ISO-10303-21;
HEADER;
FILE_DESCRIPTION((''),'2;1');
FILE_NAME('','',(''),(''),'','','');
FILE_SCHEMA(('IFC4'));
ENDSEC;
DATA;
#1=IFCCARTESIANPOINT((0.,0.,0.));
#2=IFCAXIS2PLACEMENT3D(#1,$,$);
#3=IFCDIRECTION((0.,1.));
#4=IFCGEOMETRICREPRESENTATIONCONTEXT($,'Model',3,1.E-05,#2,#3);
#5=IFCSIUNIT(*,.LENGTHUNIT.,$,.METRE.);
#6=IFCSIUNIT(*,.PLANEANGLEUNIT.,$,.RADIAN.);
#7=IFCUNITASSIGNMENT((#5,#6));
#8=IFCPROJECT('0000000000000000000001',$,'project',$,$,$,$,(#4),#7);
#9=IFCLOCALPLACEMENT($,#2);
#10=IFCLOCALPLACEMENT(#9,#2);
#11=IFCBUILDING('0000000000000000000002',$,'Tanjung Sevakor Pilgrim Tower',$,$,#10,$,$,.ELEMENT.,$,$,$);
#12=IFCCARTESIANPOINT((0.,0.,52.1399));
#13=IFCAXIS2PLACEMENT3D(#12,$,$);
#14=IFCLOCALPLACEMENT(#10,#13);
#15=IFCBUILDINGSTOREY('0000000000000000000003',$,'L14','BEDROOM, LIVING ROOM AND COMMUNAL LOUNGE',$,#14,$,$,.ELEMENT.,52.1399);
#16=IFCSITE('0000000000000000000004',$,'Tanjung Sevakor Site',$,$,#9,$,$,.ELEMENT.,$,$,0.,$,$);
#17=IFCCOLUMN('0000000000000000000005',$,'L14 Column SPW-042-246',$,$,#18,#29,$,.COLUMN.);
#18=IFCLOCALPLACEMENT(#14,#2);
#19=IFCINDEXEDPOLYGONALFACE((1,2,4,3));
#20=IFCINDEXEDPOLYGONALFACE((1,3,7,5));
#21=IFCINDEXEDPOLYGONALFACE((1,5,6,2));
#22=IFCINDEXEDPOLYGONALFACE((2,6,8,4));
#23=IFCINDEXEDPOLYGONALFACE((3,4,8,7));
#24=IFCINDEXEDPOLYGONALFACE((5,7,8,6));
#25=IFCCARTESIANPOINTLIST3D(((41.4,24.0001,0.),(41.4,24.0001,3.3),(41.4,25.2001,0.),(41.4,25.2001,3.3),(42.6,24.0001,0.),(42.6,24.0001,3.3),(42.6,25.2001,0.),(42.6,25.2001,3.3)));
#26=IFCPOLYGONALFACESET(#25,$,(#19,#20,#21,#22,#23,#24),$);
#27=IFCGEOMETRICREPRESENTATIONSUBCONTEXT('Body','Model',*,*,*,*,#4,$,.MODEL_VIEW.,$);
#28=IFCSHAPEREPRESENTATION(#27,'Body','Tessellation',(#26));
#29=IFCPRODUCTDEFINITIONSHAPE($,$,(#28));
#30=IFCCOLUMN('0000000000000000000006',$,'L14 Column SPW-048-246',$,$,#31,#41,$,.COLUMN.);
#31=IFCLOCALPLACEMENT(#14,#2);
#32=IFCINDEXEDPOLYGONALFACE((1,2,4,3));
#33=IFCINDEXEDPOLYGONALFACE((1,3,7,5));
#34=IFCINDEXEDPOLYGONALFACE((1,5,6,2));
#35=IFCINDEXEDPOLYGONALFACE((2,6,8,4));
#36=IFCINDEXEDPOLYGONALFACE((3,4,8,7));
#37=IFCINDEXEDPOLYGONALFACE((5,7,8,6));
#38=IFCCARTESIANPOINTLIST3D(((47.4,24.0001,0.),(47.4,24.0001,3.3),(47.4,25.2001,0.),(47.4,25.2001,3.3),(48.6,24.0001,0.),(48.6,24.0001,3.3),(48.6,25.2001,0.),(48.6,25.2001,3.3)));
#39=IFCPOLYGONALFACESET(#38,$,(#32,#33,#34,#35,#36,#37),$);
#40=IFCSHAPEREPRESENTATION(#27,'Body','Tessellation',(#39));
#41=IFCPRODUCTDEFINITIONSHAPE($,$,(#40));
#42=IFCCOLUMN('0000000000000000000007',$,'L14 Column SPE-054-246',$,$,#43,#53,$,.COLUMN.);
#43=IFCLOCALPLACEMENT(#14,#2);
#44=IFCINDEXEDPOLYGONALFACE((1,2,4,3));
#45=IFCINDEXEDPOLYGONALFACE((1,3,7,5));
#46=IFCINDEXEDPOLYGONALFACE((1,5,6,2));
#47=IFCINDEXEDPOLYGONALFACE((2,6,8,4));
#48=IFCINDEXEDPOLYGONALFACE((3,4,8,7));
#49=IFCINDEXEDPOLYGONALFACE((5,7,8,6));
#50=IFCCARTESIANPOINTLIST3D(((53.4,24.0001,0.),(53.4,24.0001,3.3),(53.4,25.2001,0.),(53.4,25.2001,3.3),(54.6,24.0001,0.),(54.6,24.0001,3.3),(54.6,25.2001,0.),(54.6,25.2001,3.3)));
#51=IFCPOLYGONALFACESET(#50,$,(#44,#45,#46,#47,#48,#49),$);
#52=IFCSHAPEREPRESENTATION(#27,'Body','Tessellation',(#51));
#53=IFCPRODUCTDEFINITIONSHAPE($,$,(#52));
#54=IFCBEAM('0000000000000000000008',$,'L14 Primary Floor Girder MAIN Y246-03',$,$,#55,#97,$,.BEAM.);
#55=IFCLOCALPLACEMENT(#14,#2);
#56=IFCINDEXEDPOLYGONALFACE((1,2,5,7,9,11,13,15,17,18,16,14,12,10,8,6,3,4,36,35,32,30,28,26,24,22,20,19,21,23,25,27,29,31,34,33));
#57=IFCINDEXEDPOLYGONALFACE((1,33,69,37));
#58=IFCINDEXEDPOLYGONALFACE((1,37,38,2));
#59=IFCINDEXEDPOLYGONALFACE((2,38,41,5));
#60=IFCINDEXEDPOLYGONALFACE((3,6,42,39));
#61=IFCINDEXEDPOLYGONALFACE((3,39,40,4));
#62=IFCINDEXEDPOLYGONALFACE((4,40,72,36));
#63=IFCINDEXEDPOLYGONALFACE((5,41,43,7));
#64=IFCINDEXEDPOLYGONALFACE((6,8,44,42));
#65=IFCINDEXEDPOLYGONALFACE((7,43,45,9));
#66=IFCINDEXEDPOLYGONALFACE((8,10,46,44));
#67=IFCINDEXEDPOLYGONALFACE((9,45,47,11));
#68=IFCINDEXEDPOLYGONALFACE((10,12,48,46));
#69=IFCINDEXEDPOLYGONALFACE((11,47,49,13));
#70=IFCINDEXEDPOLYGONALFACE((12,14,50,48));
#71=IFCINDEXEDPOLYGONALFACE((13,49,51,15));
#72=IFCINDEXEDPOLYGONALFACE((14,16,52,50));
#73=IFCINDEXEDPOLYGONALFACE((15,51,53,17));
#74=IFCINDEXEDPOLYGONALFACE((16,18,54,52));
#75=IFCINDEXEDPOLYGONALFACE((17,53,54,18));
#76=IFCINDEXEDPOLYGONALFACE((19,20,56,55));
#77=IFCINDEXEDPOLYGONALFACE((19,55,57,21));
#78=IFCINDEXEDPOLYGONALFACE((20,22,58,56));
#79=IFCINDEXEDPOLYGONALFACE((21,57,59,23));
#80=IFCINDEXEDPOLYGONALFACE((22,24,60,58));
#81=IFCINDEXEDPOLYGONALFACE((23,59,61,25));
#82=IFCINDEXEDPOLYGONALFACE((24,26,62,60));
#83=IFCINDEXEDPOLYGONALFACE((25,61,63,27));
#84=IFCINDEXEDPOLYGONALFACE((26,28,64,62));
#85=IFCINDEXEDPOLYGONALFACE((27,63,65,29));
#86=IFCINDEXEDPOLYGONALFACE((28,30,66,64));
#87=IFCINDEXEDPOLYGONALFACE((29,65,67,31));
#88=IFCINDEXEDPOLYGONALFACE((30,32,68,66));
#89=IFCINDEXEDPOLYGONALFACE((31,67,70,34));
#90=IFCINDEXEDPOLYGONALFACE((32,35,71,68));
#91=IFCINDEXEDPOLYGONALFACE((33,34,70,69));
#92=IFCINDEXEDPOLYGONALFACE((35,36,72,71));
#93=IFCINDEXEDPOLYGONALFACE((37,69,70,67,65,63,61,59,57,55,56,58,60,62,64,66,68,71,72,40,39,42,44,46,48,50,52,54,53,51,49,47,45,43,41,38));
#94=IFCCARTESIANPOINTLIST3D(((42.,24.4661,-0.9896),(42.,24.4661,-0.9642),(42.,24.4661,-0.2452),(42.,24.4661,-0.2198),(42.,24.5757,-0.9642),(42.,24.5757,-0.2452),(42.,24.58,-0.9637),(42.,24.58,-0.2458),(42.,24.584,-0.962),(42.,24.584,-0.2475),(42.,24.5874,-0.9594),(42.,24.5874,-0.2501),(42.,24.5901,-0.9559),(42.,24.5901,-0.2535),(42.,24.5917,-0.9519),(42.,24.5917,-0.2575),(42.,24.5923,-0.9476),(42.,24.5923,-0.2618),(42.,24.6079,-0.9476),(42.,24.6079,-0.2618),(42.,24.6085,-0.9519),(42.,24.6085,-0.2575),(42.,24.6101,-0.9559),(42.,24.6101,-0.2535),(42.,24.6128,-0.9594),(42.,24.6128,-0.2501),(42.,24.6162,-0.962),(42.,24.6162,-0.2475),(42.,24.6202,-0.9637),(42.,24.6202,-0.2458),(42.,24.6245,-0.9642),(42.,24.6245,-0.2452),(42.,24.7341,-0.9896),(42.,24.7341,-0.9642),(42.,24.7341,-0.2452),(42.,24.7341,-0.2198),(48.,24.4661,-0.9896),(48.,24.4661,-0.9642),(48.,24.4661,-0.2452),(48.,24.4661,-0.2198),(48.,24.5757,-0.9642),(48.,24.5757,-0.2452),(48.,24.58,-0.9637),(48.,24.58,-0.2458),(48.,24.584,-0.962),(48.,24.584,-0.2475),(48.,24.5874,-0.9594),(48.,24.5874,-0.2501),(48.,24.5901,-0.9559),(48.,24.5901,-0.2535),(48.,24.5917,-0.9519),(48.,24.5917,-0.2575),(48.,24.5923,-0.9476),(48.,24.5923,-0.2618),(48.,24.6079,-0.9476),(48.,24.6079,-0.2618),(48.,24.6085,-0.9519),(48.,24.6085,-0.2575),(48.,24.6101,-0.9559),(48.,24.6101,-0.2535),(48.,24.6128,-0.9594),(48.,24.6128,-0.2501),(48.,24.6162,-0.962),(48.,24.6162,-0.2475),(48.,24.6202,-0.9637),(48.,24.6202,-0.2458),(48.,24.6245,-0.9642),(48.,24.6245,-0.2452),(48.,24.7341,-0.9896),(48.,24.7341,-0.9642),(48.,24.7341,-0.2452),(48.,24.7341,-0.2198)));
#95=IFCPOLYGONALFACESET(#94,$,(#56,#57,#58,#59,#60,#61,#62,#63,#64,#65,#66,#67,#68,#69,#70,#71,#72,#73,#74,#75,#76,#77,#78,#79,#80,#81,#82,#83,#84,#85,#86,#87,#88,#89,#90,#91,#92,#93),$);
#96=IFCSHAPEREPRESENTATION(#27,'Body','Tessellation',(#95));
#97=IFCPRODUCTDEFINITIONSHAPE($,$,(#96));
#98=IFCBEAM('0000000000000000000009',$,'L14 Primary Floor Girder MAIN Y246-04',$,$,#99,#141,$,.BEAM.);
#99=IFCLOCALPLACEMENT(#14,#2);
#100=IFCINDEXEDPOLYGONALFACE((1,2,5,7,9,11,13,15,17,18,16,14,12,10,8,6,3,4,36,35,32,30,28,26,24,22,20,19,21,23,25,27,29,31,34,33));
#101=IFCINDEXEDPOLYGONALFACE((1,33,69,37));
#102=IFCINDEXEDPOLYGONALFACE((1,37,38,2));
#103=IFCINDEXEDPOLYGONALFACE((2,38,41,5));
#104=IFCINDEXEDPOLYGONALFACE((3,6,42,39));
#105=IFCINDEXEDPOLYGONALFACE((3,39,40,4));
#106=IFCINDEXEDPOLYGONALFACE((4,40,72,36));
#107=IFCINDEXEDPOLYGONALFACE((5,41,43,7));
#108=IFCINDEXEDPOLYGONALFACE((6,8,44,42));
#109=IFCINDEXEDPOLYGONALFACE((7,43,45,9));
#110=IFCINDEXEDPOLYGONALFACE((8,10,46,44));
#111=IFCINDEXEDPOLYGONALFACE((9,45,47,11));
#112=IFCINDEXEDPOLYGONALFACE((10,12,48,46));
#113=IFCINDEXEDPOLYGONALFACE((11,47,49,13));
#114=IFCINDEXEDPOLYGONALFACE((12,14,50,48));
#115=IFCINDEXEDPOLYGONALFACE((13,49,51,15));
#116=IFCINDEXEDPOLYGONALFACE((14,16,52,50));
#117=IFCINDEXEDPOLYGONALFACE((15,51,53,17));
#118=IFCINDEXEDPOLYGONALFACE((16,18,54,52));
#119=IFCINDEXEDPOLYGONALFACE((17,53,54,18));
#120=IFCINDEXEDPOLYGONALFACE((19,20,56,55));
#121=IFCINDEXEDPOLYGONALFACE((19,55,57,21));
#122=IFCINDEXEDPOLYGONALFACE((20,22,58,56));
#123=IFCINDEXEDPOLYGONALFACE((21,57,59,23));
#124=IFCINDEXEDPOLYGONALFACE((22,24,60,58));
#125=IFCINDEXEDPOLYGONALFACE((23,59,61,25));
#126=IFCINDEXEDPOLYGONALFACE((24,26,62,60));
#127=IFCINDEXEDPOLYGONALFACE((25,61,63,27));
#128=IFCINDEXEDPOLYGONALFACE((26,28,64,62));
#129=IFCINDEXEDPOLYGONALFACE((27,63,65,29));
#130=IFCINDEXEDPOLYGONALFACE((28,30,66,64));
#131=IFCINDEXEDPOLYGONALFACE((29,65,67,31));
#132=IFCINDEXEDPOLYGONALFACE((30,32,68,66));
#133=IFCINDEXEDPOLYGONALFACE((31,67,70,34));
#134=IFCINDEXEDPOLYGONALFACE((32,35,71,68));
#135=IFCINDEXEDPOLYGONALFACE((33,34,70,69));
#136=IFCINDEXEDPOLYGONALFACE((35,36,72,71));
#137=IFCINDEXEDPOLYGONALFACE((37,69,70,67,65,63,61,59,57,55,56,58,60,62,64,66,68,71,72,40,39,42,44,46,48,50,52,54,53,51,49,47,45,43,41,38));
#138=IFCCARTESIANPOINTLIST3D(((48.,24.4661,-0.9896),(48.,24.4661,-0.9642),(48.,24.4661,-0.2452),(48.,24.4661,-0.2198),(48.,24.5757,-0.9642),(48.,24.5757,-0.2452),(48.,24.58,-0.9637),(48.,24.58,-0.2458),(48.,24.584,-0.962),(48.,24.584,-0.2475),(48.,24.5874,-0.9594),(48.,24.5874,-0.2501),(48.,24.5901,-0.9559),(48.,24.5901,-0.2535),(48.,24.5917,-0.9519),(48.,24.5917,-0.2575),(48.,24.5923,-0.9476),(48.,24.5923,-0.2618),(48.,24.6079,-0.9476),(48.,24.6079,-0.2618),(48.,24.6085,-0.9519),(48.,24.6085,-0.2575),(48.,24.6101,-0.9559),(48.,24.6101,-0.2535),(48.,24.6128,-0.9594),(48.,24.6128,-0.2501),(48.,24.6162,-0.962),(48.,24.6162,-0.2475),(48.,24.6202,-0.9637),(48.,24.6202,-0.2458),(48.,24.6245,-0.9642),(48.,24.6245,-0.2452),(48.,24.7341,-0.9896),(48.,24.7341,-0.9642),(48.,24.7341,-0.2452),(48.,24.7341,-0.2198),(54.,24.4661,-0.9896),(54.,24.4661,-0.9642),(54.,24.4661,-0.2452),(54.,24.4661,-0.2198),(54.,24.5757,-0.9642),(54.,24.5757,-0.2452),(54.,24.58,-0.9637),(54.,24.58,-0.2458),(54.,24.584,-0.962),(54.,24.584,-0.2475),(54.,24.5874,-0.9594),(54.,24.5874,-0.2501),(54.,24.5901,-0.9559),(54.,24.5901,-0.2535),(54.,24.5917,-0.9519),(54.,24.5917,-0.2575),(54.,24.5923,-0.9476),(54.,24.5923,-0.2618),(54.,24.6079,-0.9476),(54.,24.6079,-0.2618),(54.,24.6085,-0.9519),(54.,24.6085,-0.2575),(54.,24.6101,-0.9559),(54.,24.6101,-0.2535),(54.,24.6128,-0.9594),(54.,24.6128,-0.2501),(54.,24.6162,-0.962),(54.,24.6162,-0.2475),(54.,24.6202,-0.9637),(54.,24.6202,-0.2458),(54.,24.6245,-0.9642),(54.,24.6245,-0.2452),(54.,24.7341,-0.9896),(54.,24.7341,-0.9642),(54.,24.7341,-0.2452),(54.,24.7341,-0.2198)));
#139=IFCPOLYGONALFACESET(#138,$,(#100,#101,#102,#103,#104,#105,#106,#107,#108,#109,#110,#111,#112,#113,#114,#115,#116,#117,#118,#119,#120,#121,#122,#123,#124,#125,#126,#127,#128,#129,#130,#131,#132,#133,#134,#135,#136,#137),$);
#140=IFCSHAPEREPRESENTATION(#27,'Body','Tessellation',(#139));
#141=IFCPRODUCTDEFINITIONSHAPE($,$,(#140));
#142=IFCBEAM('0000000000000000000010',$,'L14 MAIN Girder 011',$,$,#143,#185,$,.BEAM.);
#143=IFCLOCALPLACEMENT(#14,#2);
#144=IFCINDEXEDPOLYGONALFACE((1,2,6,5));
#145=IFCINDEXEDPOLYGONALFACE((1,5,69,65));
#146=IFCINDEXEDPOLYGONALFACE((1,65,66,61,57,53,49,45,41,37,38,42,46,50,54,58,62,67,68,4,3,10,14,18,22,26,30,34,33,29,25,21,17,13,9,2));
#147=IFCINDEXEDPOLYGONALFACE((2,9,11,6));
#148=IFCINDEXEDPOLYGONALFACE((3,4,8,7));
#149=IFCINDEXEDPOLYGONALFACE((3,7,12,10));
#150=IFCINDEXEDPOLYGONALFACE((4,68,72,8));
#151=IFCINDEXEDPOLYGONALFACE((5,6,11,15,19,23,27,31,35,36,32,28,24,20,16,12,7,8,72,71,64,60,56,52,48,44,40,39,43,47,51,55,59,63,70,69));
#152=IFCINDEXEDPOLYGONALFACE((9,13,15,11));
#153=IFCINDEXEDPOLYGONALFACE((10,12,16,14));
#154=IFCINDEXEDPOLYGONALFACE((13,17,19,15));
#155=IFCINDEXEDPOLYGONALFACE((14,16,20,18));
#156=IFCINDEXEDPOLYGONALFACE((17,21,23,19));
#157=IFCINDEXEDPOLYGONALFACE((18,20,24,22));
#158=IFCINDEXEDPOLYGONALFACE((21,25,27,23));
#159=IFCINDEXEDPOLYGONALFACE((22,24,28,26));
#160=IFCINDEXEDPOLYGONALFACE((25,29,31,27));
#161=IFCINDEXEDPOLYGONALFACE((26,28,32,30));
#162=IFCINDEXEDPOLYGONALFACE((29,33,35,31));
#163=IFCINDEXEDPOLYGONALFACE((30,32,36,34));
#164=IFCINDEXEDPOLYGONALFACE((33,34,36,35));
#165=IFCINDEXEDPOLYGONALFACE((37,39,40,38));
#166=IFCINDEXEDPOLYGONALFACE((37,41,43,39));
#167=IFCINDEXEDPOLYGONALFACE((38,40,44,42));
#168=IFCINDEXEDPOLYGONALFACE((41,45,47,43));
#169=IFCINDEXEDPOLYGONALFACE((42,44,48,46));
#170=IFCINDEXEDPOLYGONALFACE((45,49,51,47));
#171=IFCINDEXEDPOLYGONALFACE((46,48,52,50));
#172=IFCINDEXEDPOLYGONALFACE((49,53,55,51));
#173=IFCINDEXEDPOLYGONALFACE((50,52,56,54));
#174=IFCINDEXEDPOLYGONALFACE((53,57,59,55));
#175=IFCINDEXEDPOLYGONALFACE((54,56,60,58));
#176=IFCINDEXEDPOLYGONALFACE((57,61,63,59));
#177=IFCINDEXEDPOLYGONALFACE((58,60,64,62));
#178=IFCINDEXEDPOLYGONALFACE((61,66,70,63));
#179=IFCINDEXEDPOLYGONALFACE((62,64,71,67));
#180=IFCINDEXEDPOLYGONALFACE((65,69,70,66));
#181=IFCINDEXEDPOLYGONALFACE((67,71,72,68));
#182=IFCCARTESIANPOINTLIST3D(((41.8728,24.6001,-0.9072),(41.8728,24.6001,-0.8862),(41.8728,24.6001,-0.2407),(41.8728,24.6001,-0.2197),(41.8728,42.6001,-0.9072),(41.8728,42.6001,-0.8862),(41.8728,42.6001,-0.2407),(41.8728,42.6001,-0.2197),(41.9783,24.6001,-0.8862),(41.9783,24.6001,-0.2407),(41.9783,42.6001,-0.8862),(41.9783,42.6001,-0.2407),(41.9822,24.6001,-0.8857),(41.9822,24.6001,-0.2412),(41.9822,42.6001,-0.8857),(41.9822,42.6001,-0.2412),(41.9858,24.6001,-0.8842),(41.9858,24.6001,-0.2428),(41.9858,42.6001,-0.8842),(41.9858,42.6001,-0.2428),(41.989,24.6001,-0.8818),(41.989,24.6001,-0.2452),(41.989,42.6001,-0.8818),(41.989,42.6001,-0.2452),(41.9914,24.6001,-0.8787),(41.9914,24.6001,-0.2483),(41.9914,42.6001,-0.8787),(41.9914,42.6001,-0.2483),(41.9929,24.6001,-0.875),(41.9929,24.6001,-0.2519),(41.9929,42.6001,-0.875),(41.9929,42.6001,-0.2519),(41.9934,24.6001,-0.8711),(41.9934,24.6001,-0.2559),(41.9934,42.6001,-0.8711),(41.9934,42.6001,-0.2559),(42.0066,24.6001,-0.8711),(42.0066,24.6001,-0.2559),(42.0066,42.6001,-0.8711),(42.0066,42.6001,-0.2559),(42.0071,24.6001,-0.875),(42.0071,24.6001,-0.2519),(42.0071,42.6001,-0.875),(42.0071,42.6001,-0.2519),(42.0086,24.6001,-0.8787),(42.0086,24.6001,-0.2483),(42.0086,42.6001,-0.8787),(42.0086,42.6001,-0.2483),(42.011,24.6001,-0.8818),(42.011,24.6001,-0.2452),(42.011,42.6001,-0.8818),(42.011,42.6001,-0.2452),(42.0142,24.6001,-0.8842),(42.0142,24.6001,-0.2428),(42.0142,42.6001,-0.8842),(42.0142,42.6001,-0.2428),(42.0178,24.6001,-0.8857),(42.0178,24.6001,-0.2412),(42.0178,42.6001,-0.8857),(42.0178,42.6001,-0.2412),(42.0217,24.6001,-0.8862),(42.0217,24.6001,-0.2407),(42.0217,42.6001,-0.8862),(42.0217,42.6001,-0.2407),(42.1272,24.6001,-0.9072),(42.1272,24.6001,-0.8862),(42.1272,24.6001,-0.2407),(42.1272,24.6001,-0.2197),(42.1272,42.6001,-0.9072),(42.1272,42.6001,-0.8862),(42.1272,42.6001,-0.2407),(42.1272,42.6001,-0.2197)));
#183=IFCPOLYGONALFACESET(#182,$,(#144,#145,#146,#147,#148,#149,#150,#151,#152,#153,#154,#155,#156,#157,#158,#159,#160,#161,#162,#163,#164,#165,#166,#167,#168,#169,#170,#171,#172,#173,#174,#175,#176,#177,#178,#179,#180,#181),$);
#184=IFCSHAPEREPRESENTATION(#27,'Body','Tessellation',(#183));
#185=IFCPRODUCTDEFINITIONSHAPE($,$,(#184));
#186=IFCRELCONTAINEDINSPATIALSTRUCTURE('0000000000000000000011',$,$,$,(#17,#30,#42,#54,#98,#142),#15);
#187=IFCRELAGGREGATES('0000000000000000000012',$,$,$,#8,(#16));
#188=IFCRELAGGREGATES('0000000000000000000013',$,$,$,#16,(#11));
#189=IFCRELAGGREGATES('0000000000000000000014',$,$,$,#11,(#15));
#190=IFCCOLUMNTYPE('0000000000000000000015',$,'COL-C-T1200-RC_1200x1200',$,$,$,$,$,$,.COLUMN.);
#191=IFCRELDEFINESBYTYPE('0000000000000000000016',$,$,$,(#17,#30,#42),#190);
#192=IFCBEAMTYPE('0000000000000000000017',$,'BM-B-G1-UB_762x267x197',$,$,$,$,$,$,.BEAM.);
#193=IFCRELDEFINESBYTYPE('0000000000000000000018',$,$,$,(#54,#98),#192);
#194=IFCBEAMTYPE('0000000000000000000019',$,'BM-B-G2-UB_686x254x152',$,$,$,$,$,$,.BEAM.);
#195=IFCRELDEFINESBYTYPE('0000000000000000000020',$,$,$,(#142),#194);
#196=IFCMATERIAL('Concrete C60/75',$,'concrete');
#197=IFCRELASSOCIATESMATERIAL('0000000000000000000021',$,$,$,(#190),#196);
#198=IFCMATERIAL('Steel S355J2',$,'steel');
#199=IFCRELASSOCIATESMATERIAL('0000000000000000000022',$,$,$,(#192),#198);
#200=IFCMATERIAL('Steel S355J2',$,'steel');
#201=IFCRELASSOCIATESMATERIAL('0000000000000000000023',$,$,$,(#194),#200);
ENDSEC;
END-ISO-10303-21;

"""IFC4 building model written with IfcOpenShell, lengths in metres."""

from ifc_helpers import new_model, si_unit, direction, frame, origin, origin_2d, place, context, subcontext, project, spatial, rectangle, i_section, extrude, material, material_profile, profile_set, type_object, element, save


model = new_model("IFC4")

# Units and contexts
model_context = context("Model", 3, precision=1e-05, world=origin(), true_north=direction((0.0, 1.0)))
body_context = subcontext(model_context, "Body", "Model", "MODEL_VIEW")
ifc_project = project(units=[si_unit("LENGTHUNIT", "METRE"), si_unit("PLANEANGLEUNIT", "RADIAN")], contexts=[model_context])

# Site, building, storey
site_placement = place(None, origin())
site = spatial("IfcSite", under=ifc_project, at=site_placement, Name="Tanjung Sevakor Site", CompositionType="ELEMENT", RefElevation=0.0)
building_placement = place(site_placement, origin())
building = spatial("IfcBuilding", under=site, at=building_placement, Name="Tanjung Sevakor Pilgrim Tower", CompositionType="ELEMENT")
storey_placement = place(building_placement, frame((0.0, 0.0, 52.1399)))
storey = spatial("IfcBuildingStorey", under=building, at=storey_placement, Name="L14", Description="BEDROOM, LIVING ROOM AND COMMUNAL LOUNGE", CompositionType="ELEMENT", Elevation=52.1399)

# Columns
ifc_material_1 = material(Name="Concrete C60/75", Category="concrete")
ifc_material_profile_1 = material_profile(ifc_material_1, rectangle(XDim=1.2, YDim=1.2, at=origin_2d()))
ifc_profile_set_1 = profile_set([ifc_material_profile_1], Name="Concrete C60/75")
column_type = type_object("IfcColumnType", Name="COL-C-T1200-RC_1200x1200", PredefinedType="COLUMN", material=ifc_profile_set_1)
for number, where, z_axis, x_axis, name in (
    (1, (42.0, 24.6001, 0.0), (0.0, 0.0, 1.0), (1.0, 0.0, 0.0), "L14 Column SPW-042-246"),
    (2, (48.0, 24.6001, 0.0), (0.0, 0.0, 1.0), (1.0, 0.0, 0.0), "L14 Column SPW-048-246"),
    (3, (54.0, 24.6001, 0.0), (0.0, 0.0, 1.0), (1.0, 0.0, 0.0), "L14 Column SPE-054-246"),
):
    element("IfcColumn", number, at=place(storey_placement, frame(where, z_axis=z_axis, x_axis=x_axis)), inside=storey, type_object=column_type, Name=name, PredefinedType="COLUMN", context=body_context, shape_type="SweptSolid", body=[
        extrude(rectangle(XDim=1.2, YDim=1.2, at=origin_2d()), origin(), (0.0, 0.0, 1.0), 3.3),
    ])

# Beams
ifc_material_2 = material(Name="Steel S355J2", Category="steel")
ifc_material_profile_2 = material_profile(ifc_material_2, i_section(OverallWidth=0.2681, OverallDepth=0.7698, WebThickness=0.0156, FlangeThickness=0.0254, FilletRadius=0.0166, at=origin_2d()))
ifc_profile_set_2 = profile_set([ifc_material_profile_2], Name="Steel S355J2")
beam_type_1 = type_object("IfcBeamType", Name="BM-B-G1-UB_762x267x197", PredefinedType="BEAM", material=ifc_profile_set_2)
for number, where, z_axis, x_axis, name in (
    (4, (42.0, 24.6001, -0.6047), (1.0, 0.0, 0.0), (0.0, 1.0, 0.0), "L14 Primary Floor Girder MAIN Y246-03"),
    (5, (48.0, 24.6001, -0.6047), (1.0, 0.0, 0.0), (0.0, 1.0, 0.0), "L14 Primary Floor Girder MAIN Y246-04"),
):
    element("IfcBeam", number, at=place(storey_placement, frame(where, z_axis=z_axis, x_axis=x_axis)), inside=storey, type_object=beam_type_1, Name=name, PredefinedType="BEAM", context=body_context, shape_type="SweptSolid", body=[
        extrude(i_section(OverallWidth=0.2681, OverallDepth=0.7698, WebThickness=0.0156, FlangeThickness=0.0254, FilletRadius=0.0166, at=origin_2d()), origin(), (0.0, 0.0, 1.0), 6.0),
    ])
ifc_material_3 = material(Name="Steel S355J2", Category="steel")
ifc_material_profile_3 = material_profile(ifc_material_3, i_section(OverallWidth=0.2544, OverallDepth=0.6875, WebThickness=0.0132, FlangeThickness=0.021, FilletRadius=0.0151, at=origin_2d()))
ifc_profile_set_3 = profile_set([ifc_material_profile_3], Name="Steel S355J2")
beam_type_2 = type_object("IfcBeamType", Name="BM-B-G2-UB_686x254x152", PredefinedType="BEAM", material=ifc_profile_set_3)
beam_placement = place(storey_placement, frame((42.0, 24.6001, -0.5635), z_axis=(0.0, 1.0, 0.0), x_axis=(-1.0, 0.0, 0.0)))
element("IfcBeam", 6, at=beam_placement, inside=storey, type_object=beam_type_2, Name="L14 MAIN Girder 011", PredefinedType="BEAM", context=body_context, shape_type="SweptSolid", body=[
    extrude(i_section(OverallWidth=0.2544, OverallDepth=0.6875, WebThickness=0.0132, FlangeThickness=0.021, FilletRadius=0.0151, at=origin_2d()), origin(), (0.0, 0.0, 1.0), 18.0),
])

save(model, "model.ifc")
